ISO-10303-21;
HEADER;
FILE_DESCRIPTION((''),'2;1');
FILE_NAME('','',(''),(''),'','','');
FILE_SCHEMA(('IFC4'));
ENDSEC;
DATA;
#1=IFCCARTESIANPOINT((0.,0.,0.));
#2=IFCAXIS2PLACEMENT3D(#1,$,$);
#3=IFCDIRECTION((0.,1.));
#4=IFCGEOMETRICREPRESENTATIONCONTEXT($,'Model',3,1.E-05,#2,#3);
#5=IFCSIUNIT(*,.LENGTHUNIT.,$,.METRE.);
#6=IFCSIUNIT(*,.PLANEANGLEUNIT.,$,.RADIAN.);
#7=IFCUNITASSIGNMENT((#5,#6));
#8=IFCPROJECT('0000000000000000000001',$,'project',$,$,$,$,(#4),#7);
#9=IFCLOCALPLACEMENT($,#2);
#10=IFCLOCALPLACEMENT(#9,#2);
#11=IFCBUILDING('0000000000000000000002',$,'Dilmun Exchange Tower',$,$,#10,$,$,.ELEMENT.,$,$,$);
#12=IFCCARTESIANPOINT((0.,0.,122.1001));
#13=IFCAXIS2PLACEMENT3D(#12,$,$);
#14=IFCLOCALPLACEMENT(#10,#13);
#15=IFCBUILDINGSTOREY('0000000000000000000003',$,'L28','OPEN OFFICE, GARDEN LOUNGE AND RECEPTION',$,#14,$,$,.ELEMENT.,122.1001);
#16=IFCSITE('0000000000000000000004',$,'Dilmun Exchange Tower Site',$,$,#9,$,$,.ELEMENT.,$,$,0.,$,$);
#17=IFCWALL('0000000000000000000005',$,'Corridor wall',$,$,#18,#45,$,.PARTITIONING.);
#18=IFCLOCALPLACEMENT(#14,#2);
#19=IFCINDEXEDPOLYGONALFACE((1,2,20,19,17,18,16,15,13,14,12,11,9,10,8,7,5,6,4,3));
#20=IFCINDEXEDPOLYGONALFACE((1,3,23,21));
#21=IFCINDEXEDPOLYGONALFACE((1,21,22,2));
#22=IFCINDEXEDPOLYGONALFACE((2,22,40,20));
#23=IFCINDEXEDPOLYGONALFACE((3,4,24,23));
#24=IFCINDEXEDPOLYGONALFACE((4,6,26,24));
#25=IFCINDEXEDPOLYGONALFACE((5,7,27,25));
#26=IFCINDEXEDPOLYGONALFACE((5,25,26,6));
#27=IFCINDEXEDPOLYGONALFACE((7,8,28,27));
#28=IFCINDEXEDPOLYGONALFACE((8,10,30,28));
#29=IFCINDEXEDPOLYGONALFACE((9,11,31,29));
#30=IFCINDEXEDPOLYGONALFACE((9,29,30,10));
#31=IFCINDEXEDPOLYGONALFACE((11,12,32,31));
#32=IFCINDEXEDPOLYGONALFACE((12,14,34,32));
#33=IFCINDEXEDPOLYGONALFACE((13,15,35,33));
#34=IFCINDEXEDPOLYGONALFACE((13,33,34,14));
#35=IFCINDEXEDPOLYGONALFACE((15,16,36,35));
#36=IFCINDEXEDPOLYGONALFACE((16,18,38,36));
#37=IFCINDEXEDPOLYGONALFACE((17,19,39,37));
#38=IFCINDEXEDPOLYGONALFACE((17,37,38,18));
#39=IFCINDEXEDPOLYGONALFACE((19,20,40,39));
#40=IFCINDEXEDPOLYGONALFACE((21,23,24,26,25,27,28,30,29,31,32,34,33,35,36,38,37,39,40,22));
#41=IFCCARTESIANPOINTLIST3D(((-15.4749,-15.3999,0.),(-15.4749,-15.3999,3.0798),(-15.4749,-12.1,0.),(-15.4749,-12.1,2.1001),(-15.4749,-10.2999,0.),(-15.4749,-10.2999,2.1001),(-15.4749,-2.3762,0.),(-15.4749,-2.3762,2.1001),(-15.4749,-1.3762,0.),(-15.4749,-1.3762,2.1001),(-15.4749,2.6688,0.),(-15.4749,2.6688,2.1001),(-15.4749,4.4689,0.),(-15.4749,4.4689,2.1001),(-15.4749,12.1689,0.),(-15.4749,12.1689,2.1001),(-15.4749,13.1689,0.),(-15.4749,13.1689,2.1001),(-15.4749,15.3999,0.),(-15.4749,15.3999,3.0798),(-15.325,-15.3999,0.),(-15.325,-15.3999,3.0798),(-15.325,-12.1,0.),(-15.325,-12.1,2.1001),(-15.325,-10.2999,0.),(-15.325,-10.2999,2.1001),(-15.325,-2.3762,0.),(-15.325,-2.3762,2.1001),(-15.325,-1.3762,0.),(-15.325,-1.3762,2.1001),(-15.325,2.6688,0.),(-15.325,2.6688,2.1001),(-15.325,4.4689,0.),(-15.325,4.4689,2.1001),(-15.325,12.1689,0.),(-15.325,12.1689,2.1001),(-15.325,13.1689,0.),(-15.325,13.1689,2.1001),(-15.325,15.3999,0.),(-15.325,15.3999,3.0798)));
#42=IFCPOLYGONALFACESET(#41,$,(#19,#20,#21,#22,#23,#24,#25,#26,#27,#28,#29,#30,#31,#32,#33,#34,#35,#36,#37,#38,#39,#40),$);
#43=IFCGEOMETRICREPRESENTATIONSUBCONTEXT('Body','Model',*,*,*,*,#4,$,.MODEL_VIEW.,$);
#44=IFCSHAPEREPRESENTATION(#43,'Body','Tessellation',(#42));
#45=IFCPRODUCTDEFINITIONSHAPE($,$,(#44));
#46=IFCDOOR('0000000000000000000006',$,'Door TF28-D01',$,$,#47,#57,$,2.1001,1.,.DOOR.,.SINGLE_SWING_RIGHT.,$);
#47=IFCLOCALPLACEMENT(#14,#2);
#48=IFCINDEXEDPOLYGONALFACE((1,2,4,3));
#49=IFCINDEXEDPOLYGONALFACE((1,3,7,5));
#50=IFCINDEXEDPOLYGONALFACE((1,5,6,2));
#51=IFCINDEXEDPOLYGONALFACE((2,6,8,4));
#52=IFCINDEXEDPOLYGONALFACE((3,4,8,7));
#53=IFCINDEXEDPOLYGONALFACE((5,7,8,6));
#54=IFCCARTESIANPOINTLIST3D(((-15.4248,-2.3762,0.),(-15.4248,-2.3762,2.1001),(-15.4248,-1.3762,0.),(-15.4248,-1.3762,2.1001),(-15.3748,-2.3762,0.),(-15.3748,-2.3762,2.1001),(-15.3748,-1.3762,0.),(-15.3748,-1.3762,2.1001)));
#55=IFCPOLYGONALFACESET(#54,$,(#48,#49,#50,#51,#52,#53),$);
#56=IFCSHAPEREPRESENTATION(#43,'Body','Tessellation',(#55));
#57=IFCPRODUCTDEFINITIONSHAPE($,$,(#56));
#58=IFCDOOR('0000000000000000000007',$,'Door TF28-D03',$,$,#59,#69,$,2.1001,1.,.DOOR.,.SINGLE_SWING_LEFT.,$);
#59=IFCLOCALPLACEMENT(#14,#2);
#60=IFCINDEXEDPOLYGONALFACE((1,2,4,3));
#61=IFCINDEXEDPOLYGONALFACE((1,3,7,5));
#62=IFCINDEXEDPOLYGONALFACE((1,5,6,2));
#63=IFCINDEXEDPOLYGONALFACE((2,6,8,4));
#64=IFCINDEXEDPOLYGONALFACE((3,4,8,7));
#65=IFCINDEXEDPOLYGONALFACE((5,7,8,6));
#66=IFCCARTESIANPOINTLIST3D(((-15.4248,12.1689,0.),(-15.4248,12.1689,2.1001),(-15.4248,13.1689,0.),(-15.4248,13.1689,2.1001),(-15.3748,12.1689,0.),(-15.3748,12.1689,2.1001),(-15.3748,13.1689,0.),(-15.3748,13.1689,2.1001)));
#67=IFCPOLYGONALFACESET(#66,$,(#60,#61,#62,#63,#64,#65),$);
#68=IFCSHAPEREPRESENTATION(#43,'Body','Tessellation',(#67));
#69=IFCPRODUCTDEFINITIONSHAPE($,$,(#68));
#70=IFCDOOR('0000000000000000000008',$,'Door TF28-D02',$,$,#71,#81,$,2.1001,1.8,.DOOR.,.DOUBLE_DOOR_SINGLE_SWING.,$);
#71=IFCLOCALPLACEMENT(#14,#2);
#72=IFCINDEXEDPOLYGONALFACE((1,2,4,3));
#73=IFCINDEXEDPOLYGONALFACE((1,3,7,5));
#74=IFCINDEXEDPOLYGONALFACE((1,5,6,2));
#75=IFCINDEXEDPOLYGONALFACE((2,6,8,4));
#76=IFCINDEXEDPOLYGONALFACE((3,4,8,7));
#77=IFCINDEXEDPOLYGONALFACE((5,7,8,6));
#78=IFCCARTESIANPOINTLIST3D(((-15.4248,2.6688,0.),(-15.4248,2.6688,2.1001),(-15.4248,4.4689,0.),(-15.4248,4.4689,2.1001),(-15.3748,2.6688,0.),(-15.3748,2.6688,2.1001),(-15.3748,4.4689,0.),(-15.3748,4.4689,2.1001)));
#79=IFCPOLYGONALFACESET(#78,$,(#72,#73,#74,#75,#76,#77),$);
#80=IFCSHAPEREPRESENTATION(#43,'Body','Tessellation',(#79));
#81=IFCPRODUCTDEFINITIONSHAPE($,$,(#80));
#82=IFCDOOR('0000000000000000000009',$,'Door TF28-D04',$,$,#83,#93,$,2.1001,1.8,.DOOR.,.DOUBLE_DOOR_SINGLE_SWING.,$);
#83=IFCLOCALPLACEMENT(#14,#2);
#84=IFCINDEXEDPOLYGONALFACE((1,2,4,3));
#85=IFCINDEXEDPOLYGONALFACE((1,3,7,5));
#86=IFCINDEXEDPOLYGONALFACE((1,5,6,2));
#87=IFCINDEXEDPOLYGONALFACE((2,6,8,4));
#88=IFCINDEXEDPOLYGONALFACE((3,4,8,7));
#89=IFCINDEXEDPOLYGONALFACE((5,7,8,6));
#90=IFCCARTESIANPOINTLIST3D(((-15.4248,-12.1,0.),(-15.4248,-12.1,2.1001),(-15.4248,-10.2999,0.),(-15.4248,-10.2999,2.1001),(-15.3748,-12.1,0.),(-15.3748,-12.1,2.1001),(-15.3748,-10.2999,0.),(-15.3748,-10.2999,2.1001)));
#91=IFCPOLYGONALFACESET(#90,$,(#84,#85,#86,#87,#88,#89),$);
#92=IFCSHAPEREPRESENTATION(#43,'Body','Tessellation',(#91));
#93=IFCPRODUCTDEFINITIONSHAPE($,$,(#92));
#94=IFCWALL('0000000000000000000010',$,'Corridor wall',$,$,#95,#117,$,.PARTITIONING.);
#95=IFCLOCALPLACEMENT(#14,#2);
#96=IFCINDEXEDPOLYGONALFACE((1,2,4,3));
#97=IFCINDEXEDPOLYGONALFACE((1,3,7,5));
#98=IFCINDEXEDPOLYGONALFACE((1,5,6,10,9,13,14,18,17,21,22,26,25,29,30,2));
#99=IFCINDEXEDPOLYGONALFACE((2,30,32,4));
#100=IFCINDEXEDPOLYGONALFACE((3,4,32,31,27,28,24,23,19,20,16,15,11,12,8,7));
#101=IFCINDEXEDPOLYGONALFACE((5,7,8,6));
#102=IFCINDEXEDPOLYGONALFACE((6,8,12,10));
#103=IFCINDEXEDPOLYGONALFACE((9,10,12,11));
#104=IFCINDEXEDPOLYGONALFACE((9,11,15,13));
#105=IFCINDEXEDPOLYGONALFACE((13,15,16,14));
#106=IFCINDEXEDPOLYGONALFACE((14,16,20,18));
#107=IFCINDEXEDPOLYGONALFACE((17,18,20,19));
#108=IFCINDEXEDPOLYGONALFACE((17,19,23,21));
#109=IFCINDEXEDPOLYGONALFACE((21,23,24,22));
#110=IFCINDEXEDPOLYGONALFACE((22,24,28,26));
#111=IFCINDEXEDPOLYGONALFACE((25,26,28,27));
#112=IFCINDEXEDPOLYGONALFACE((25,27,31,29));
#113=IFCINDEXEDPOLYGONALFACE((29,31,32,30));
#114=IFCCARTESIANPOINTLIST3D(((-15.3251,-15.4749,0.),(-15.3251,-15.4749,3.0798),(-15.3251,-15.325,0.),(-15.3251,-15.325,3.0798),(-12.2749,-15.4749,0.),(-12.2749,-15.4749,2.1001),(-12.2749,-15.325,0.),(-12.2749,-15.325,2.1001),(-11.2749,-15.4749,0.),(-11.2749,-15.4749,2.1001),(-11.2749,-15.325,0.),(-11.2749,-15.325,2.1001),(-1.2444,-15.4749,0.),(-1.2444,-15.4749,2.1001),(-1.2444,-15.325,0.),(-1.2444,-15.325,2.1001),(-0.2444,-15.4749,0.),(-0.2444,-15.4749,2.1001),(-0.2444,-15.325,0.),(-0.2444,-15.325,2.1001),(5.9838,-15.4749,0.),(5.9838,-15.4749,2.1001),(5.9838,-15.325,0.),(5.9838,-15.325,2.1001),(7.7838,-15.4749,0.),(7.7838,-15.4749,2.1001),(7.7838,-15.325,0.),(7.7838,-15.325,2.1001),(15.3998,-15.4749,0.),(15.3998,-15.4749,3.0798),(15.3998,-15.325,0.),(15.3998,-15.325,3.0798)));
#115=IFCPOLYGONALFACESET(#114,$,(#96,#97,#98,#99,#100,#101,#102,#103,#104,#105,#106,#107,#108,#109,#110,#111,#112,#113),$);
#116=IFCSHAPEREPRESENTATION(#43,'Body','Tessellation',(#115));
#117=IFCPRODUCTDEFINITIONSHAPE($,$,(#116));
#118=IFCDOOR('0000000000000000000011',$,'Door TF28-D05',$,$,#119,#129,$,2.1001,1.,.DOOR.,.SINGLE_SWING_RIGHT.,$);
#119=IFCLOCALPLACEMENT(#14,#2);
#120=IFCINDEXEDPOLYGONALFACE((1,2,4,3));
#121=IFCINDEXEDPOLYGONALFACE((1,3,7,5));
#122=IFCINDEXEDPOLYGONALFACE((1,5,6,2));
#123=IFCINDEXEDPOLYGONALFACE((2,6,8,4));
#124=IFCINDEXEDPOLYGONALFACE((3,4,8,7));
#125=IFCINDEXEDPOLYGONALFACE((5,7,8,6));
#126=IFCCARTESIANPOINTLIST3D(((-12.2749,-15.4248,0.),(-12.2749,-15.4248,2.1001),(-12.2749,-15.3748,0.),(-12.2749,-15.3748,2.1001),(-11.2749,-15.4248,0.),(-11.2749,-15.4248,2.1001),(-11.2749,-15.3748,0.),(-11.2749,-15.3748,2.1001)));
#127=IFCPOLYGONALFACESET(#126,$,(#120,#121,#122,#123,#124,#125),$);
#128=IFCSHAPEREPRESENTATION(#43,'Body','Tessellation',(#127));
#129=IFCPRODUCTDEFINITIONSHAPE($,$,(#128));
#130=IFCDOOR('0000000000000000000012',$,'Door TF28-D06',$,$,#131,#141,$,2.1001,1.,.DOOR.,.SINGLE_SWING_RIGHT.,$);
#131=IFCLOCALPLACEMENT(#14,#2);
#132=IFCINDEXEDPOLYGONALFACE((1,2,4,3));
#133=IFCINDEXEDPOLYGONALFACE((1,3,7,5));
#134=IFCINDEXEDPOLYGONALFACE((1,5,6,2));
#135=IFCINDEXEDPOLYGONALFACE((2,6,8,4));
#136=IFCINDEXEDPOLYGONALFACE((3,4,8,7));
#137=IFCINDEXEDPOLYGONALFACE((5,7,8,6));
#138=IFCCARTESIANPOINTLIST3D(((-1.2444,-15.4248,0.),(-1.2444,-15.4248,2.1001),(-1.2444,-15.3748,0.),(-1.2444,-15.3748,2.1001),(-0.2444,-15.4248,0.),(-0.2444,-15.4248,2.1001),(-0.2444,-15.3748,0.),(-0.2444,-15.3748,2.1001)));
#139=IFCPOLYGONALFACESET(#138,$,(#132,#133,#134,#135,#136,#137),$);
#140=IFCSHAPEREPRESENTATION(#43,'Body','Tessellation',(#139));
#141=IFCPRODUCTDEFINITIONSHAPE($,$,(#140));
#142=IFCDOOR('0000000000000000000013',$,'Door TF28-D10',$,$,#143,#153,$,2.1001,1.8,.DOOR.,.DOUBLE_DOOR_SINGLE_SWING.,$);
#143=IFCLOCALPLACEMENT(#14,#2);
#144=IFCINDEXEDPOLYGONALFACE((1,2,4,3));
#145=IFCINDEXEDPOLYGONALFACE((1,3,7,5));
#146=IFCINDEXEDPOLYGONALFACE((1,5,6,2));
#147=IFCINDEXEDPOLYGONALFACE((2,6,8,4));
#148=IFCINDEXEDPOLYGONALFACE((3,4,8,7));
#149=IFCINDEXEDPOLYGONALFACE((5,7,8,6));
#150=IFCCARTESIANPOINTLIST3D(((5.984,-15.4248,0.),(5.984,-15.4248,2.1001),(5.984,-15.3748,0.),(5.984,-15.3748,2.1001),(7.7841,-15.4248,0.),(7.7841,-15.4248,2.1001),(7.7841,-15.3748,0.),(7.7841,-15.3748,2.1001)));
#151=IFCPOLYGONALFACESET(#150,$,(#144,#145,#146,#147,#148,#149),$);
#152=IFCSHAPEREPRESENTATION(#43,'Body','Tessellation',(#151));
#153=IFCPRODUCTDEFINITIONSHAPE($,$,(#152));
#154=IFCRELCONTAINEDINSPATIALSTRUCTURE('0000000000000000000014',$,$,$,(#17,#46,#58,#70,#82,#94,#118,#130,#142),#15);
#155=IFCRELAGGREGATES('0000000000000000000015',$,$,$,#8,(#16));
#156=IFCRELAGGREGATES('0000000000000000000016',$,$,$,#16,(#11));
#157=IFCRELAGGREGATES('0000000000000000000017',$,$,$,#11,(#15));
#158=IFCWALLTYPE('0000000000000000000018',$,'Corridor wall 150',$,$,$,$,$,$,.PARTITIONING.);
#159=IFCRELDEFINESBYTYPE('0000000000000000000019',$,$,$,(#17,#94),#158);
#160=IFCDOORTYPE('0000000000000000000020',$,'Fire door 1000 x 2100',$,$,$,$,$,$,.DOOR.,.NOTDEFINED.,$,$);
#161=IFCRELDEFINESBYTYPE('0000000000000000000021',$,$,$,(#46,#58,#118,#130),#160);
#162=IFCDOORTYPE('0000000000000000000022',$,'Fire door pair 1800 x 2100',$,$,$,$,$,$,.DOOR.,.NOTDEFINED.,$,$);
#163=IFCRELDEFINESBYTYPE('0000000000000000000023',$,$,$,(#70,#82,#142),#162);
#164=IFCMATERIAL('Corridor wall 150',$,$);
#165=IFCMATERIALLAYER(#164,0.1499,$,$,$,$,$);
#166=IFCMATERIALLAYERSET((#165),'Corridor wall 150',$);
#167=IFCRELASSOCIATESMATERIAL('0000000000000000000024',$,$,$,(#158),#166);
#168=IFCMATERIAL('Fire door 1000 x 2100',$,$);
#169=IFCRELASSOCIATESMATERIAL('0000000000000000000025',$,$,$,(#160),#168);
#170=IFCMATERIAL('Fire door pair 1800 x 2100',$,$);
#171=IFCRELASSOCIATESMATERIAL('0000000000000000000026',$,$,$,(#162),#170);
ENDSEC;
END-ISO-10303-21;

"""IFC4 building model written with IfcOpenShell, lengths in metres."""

from ifc_helpers import new_model, si_unit, direction, frame, frame_2d, origin, place, context, subcontext, project, spatial, rectangle, extrude, material, layer, layer_set, type_object, element, fill, save


model = new_model("IFC4")

# Units and contexts
model_context = context("Model", 3, precision=1e-05, world=origin(), true_north=direction((0.0, 1.0)))
body_context = subcontext(model_context, "Body", "Model", "MODEL_VIEW")
ifc_project = project(units=[si_unit("LENGTHUNIT", "METRE"), si_unit("PLANEANGLEUNIT", "RADIAN")], contexts=[model_context])

# Site, building, storey
site_placement = place(None, origin())
site = spatial("IfcSite", under=ifc_project, at=site_placement, Name="Dilmun Exchange Tower Site", CompositionType="ELEMENT", RefElevation=0.0)
building_placement = place(site_placement, origin())
building = spatial("IfcBuilding", under=site, at=building_placement, Name="Dilmun Exchange Tower", CompositionType="ELEMENT")
storey_placement = place(building_placement, frame((0.0, 0.0, 122.1001)))
storey = spatial("IfcBuildingStorey", under=building, at=storey_placement, Name="L28", Description="OPEN OFFICE, GARDEN LOUNGE AND RECEPTION", CompositionType="ELEMENT", Elevation=122.1001)

# Walls, openings, doors
ifc_material_1 = material(Name="Corridor wall 150")
ifc_layer_1 = layer(ifc_material_1, 0.1499)
ifc_layer_set_1 = layer_set([ifc_layer_1], Name="Corridor wall 150")
wall_type_1 = type_object("IfcWallType", Name="Corridor wall 150", PredefinedType="PARTITIONING", material=ifc_layer_set_1)
wall_1_placement = place(storey_placement, frame((-15.3999, -15.3999, 0.0), z_axis=(0.0, 0.0, 1.0), x_axis=(0.0, 1.0, 0.0)))
wall_1 = element("IfcWall", 1, at=wall_1_placement, inside=storey, type_object=wall_type_1, Name="Corridor wall", PredefinedType="PARTITIONING", context=body_context, shape_type="SweptSolid", body=[
    extrude(rectangle(XDim=30.7998, YDim=0.1499, at=frame_2d((15.3999, 0.0))), origin(), (0.0, 0.0, 1.0), 3.0798),
])
opening_1_placement = place(wall_1_placement, frame((13.0237, 0.0, 0.0)))
opening_1 = element("IfcOpeningElement", 2, at=opening_1_placement, cuts=wall_1, PredefinedType="OPENING", context=body_context, shape_type="SweptSolid", body=[
    extrude(rectangle(XDim=1.0, YDim=2.1001, at=frame_2d((0.5, 1.05))), frame((0.0, 0.085, 0.0), z_axis=(0.0, -1.0, 0.0), x_axis=(1.0, 0.0, 0.0)), (0.0, 0.0, 1.0), 0.1699),
])
opening_2_placement = place(wall_1_placement, frame((18.0688, 0.0, 0.0)))
opening_2 = element("IfcOpeningElement", 3, at=opening_2_placement, cuts=wall_1, PredefinedType="OPENING", context=body_context, shape_type="SweptSolid", body=[
    extrude(rectangle(XDim=1.8, YDim=2.1001, at=frame_2d((0.8999, 1.05))), frame((0.0, 0.085, 0.0), z_axis=(0.0, -1.0, 0.0), x_axis=(1.0, 0.0, 0.0)), (0.0, 0.0, 1.0), 0.1699),
])
opening_3_placement = place(wall_1_placement, frame((27.5688, 0.0, 0.0)))
opening_3 = element("IfcOpeningElement", 4, at=opening_3_placement, cuts=wall_1, PredefinedType="OPENING", context=body_context, shape_type="SweptSolid", body=[
    extrude(rectangle(XDim=1.0, YDim=2.1001, at=frame_2d((0.5, 1.05))), frame((0.0, 0.085, 0.0), z_axis=(0.0, -1.0, 0.0), x_axis=(1.0, 0.0, 0.0)), (0.0, 0.0, 1.0), 0.1699),
])
opening_4_placement = place(wall_1_placement, frame((3.3, 0.0, 0.0)))
opening_4 = element("IfcOpeningElement", 5, at=opening_4_placement, cuts=wall_1, PredefinedType="OPENING", context=body_context, shape_type="SweptSolid", body=[
    extrude(rectangle(XDim=1.8, YDim=2.1001, at=frame_2d((0.8999, 1.05))), frame((0.0, 0.085, 0.0), z_axis=(0.0, -1.0, 0.0), x_axis=(1.0, 0.0, 0.0)), (0.0, 0.0, 1.0), 0.1699),
])
ifc_material_2 = material(Name="Fire door 1000 x 2100")
door_type_1 = type_object("IfcDoorType", Name="Fire door 1000 x 2100", OperationType="NOTDEFINED", PredefinedType="DOOR", material=ifc_material_2)
door_1_placement = place(opening_1_placement, origin())
door_1 = element("IfcDoor", 6, at=door_1_placement, inside=storey, type_object=door_type_1, Name="Door TF28-D01", OperationType="SINGLE_SWING_RIGHT", OverallHeight=2.1001, OverallWidth=1.0, PredefinedType="DOOR", context=body_context, shape_type="SweptSolid", body=[
    extrude(rectangle(XDim=1.0, YDim=2.1001, at=frame_2d((0.5, 1.05))), frame((0.0, 0.0249, 0.0), z_axis=(0.0, -1.0, 0.0), x_axis=(1.0, 0.0, 0.0)), (0.0, 0.0, 1.0), 0.05),
])
fill(opening_1, door_1)
door_2_placement = place(opening_3_placement, origin())
door_2 = element("IfcDoor", 7, at=door_2_placement, inside=storey, type_object=door_type_1, Name="Door TF28-D03", OperationType="SINGLE_SWING_LEFT", OverallHeight=2.1001, OverallWidth=1.0, PredefinedType="DOOR", context=body_context, shape_type="SweptSolid", body=[
    extrude(rectangle(XDim=1.0, YDim=2.1001, at=frame_2d((0.5, 1.05))), frame((0.0, 0.0249, 0.0), z_axis=(0.0, -1.0, 0.0), x_axis=(1.0, 0.0, 0.0)), (0.0, 0.0, 1.0), 0.05),
])
fill(opening_3, door_2)
ifc_material_3 = material(Name="Fire door pair 1800 x 2100")
door_type_2 = type_object("IfcDoorType", Name="Fire door pair 1800 x 2100", OperationType="NOTDEFINED", PredefinedType="DOOR", material=ifc_material_3)
door_3_placement = place(opening_2_placement, origin())
door_3 = element("IfcDoor", 8, at=door_3_placement, inside=storey, type_object=door_type_2, Name="Door TF28-D02", OperationType="DOUBLE_DOOR_SINGLE_SWING", OverallHeight=2.1001, OverallWidth=1.8, PredefinedType="DOOR", context=body_context, shape_type="SweptSolid", body=[
    extrude(rectangle(XDim=1.8, YDim=2.1001, at=frame_2d((0.8999, 1.05))), frame((0.0, 0.0249, 0.0), z_axis=(0.0, -1.0, 0.0), x_axis=(1.0, 0.0, 0.0)), (0.0, 0.0, 1.0), 0.05),
])
fill(opening_2, door_3)
door_4_placement = place(opening_4_placement, origin())
door_4 = element("IfcDoor", 9, at=door_4_placement, inside=storey, type_object=door_type_2, Name="Door TF28-D04", OperationType="DOUBLE_DOOR_SINGLE_SWING", OverallHeight=2.1001, OverallWidth=1.8, PredefinedType="DOOR", context=body_context, shape_type="SweptSolid", body=[
    extrude(rectangle(XDim=1.8, YDim=2.1001, at=frame_2d((0.8999, 1.05))), frame((0.0, 0.0249, 0.0), z_axis=(0.0, -1.0, 0.0), x_axis=(1.0, 0.0, 0.0)), (0.0, 0.0, 1.0), 0.05),
])
fill(opening_4, door_4)
wall_2_placement = place(storey_placement, frame((-15.325, -15.3999, 0.0), z_axis=(0.0, 0.0, 1.0), x_axis=(1.0, 0.0, 0.0)))
wall_2 = element("IfcWall", 10, at=wall_2_placement, inside=storey, type_object=wall_type_1, Name="Corridor wall", PredefinedType="PARTITIONING", context=body_context, shape_type="SweptSolid", body=[
    extrude(rectangle(XDim=30.7249, YDim=0.1499, at=frame_2d((15.3623, 0.0))), origin(), (0.0, 0.0, 1.0), 3.0798),
])
opening_5_placement = place(wall_2_placement, frame((3.05, 0.0, 0.0)))
opening_5 = element("IfcOpeningElement", 11, at=opening_5_placement, cuts=wall_2, PredefinedType="OPENING", context=body_context, shape_type="SweptSolid", body=[
    extrude(rectangle(XDim=1.0, YDim=2.1001, at=frame_2d((0.5, 1.05))), frame((0.0, 0.085, 0.0), z_axis=(0.0, -1.0, 0.0), x_axis=(1.0, 0.0, 0.0)), (0.0, 0.0, 1.0), 0.1699),
])
opening_6_placement = place(wall_2_placement, frame((14.0806, 0.0, 0.0)))
opening_6 = element("IfcOpeningElement", 12, at=opening_6_placement, cuts=wall_2, PredefinedType="OPENING", context=body_context, shape_type="SweptSolid", body=[
    extrude(rectangle(XDim=1.0, YDim=2.1001, at=frame_2d((0.5, 1.05))), frame((0.0, 0.085, 0.0), z_axis=(0.0, -1.0, 0.0), x_axis=(1.0, 0.0, 0.0)), (0.0, 0.0, 1.0), 0.1699),
])
opening_7_placement = place(wall_2_placement, frame((21.3088, 0.0, 0.0)))
opening_7 = element("IfcOpeningElement", 13, at=opening_7_placement, cuts=wall_2, PredefinedType="OPENING", context=body_context, shape_type="SweptSolid", body=[
    extrude(rectangle(XDim=1.8, YDim=2.1001, at=frame_2d((0.8999, 1.05))), frame((0.0, 0.085, 0.0), z_axis=(0.0, -1.0, 0.0), x_axis=(1.0, 0.0, 0.0)), (0.0, 0.0, 1.0), 0.1699),
])
door_5_placement = place(opening_5_placement, frame((1.0, 0.0, 0.0), z_axis=(0.0, 0.0, 1.0), x_axis=(-1.0, 0.0, 0.0)))
door_5 = element("IfcDoor", 14, at=door_5_placement, inside=storey, type_object=door_type_1, Name="Door TF28-D05", OperationType="SINGLE_SWING_RIGHT", OverallHeight=2.1001, OverallWidth=1.0, PredefinedType="DOOR", context=body_context, shape_type="SweptSolid", body=[
    extrude(rectangle(XDim=1.0, YDim=2.1001, at=frame_2d((0.5, 1.05))), frame((0.0, 0.0249, 0.0), z_axis=(0.0, -1.0, 0.0), x_axis=(1.0, 0.0, 0.0)), (0.0, 0.0, 1.0), 0.05),
])
fill(opening_5, door_5)
door_6_placement = place(opening_6_placement, frame((1.0, 0.0, 0.0), z_axis=(0.0, 0.0, 1.0), x_axis=(-1.0, 0.0, 0.0)))
door_6 = element("IfcDoor", 15, at=door_6_placement, inside=storey, type_object=door_type_1, Name="Door TF28-D06", OperationType="SINGLE_SWING_RIGHT", OverallHeight=2.1001, OverallWidth=1.0, PredefinedType="DOOR", context=body_context, shape_type="SweptSolid", body=[
    extrude(rectangle(XDim=1.0, YDim=2.1001, at=frame_2d((0.5, 1.05))), frame((0.0, 0.0249, 0.0), z_axis=(0.0, -1.0, 0.0), x_axis=(1.0, 0.0, 0.0)), (0.0, 0.0, 1.0), 0.05),
])
fill(opening_6, door_6)
door_7_placement = place(opening_7_placement, frame((1.8, 0.0, 0.0), z_axis=(0.0, 0.0, 1.0), x_axis=(-1.0, 0.0, 0.0)))
door_7 = element("IfcDoor", 16, at=door_7_placement, inside=storey, type_object=door_type_2, Name="Door TF28-D10", OperationType="DOUBLE_DOOR_SINGLE_SWING", OverallHeight=2.1001, OverallWidth=1.8, PredefinedType="DOOR", context=body_context, shape_type="SweptSolid", body=[
    extrude(rectangle(XDim=1.8, YDim=2.1001, at=frame_2d((0.8999, 1.05))), frame((0.0, 0.0249, 0.0), z_axis=(0.0, -1.0, 0.0), x_axis=(1.0, 0.0, 0.0)), (0.0, 0.0, 1.0), 0.05),
])
fill(opening_7, door_7)

save(model, "model.ifc")
